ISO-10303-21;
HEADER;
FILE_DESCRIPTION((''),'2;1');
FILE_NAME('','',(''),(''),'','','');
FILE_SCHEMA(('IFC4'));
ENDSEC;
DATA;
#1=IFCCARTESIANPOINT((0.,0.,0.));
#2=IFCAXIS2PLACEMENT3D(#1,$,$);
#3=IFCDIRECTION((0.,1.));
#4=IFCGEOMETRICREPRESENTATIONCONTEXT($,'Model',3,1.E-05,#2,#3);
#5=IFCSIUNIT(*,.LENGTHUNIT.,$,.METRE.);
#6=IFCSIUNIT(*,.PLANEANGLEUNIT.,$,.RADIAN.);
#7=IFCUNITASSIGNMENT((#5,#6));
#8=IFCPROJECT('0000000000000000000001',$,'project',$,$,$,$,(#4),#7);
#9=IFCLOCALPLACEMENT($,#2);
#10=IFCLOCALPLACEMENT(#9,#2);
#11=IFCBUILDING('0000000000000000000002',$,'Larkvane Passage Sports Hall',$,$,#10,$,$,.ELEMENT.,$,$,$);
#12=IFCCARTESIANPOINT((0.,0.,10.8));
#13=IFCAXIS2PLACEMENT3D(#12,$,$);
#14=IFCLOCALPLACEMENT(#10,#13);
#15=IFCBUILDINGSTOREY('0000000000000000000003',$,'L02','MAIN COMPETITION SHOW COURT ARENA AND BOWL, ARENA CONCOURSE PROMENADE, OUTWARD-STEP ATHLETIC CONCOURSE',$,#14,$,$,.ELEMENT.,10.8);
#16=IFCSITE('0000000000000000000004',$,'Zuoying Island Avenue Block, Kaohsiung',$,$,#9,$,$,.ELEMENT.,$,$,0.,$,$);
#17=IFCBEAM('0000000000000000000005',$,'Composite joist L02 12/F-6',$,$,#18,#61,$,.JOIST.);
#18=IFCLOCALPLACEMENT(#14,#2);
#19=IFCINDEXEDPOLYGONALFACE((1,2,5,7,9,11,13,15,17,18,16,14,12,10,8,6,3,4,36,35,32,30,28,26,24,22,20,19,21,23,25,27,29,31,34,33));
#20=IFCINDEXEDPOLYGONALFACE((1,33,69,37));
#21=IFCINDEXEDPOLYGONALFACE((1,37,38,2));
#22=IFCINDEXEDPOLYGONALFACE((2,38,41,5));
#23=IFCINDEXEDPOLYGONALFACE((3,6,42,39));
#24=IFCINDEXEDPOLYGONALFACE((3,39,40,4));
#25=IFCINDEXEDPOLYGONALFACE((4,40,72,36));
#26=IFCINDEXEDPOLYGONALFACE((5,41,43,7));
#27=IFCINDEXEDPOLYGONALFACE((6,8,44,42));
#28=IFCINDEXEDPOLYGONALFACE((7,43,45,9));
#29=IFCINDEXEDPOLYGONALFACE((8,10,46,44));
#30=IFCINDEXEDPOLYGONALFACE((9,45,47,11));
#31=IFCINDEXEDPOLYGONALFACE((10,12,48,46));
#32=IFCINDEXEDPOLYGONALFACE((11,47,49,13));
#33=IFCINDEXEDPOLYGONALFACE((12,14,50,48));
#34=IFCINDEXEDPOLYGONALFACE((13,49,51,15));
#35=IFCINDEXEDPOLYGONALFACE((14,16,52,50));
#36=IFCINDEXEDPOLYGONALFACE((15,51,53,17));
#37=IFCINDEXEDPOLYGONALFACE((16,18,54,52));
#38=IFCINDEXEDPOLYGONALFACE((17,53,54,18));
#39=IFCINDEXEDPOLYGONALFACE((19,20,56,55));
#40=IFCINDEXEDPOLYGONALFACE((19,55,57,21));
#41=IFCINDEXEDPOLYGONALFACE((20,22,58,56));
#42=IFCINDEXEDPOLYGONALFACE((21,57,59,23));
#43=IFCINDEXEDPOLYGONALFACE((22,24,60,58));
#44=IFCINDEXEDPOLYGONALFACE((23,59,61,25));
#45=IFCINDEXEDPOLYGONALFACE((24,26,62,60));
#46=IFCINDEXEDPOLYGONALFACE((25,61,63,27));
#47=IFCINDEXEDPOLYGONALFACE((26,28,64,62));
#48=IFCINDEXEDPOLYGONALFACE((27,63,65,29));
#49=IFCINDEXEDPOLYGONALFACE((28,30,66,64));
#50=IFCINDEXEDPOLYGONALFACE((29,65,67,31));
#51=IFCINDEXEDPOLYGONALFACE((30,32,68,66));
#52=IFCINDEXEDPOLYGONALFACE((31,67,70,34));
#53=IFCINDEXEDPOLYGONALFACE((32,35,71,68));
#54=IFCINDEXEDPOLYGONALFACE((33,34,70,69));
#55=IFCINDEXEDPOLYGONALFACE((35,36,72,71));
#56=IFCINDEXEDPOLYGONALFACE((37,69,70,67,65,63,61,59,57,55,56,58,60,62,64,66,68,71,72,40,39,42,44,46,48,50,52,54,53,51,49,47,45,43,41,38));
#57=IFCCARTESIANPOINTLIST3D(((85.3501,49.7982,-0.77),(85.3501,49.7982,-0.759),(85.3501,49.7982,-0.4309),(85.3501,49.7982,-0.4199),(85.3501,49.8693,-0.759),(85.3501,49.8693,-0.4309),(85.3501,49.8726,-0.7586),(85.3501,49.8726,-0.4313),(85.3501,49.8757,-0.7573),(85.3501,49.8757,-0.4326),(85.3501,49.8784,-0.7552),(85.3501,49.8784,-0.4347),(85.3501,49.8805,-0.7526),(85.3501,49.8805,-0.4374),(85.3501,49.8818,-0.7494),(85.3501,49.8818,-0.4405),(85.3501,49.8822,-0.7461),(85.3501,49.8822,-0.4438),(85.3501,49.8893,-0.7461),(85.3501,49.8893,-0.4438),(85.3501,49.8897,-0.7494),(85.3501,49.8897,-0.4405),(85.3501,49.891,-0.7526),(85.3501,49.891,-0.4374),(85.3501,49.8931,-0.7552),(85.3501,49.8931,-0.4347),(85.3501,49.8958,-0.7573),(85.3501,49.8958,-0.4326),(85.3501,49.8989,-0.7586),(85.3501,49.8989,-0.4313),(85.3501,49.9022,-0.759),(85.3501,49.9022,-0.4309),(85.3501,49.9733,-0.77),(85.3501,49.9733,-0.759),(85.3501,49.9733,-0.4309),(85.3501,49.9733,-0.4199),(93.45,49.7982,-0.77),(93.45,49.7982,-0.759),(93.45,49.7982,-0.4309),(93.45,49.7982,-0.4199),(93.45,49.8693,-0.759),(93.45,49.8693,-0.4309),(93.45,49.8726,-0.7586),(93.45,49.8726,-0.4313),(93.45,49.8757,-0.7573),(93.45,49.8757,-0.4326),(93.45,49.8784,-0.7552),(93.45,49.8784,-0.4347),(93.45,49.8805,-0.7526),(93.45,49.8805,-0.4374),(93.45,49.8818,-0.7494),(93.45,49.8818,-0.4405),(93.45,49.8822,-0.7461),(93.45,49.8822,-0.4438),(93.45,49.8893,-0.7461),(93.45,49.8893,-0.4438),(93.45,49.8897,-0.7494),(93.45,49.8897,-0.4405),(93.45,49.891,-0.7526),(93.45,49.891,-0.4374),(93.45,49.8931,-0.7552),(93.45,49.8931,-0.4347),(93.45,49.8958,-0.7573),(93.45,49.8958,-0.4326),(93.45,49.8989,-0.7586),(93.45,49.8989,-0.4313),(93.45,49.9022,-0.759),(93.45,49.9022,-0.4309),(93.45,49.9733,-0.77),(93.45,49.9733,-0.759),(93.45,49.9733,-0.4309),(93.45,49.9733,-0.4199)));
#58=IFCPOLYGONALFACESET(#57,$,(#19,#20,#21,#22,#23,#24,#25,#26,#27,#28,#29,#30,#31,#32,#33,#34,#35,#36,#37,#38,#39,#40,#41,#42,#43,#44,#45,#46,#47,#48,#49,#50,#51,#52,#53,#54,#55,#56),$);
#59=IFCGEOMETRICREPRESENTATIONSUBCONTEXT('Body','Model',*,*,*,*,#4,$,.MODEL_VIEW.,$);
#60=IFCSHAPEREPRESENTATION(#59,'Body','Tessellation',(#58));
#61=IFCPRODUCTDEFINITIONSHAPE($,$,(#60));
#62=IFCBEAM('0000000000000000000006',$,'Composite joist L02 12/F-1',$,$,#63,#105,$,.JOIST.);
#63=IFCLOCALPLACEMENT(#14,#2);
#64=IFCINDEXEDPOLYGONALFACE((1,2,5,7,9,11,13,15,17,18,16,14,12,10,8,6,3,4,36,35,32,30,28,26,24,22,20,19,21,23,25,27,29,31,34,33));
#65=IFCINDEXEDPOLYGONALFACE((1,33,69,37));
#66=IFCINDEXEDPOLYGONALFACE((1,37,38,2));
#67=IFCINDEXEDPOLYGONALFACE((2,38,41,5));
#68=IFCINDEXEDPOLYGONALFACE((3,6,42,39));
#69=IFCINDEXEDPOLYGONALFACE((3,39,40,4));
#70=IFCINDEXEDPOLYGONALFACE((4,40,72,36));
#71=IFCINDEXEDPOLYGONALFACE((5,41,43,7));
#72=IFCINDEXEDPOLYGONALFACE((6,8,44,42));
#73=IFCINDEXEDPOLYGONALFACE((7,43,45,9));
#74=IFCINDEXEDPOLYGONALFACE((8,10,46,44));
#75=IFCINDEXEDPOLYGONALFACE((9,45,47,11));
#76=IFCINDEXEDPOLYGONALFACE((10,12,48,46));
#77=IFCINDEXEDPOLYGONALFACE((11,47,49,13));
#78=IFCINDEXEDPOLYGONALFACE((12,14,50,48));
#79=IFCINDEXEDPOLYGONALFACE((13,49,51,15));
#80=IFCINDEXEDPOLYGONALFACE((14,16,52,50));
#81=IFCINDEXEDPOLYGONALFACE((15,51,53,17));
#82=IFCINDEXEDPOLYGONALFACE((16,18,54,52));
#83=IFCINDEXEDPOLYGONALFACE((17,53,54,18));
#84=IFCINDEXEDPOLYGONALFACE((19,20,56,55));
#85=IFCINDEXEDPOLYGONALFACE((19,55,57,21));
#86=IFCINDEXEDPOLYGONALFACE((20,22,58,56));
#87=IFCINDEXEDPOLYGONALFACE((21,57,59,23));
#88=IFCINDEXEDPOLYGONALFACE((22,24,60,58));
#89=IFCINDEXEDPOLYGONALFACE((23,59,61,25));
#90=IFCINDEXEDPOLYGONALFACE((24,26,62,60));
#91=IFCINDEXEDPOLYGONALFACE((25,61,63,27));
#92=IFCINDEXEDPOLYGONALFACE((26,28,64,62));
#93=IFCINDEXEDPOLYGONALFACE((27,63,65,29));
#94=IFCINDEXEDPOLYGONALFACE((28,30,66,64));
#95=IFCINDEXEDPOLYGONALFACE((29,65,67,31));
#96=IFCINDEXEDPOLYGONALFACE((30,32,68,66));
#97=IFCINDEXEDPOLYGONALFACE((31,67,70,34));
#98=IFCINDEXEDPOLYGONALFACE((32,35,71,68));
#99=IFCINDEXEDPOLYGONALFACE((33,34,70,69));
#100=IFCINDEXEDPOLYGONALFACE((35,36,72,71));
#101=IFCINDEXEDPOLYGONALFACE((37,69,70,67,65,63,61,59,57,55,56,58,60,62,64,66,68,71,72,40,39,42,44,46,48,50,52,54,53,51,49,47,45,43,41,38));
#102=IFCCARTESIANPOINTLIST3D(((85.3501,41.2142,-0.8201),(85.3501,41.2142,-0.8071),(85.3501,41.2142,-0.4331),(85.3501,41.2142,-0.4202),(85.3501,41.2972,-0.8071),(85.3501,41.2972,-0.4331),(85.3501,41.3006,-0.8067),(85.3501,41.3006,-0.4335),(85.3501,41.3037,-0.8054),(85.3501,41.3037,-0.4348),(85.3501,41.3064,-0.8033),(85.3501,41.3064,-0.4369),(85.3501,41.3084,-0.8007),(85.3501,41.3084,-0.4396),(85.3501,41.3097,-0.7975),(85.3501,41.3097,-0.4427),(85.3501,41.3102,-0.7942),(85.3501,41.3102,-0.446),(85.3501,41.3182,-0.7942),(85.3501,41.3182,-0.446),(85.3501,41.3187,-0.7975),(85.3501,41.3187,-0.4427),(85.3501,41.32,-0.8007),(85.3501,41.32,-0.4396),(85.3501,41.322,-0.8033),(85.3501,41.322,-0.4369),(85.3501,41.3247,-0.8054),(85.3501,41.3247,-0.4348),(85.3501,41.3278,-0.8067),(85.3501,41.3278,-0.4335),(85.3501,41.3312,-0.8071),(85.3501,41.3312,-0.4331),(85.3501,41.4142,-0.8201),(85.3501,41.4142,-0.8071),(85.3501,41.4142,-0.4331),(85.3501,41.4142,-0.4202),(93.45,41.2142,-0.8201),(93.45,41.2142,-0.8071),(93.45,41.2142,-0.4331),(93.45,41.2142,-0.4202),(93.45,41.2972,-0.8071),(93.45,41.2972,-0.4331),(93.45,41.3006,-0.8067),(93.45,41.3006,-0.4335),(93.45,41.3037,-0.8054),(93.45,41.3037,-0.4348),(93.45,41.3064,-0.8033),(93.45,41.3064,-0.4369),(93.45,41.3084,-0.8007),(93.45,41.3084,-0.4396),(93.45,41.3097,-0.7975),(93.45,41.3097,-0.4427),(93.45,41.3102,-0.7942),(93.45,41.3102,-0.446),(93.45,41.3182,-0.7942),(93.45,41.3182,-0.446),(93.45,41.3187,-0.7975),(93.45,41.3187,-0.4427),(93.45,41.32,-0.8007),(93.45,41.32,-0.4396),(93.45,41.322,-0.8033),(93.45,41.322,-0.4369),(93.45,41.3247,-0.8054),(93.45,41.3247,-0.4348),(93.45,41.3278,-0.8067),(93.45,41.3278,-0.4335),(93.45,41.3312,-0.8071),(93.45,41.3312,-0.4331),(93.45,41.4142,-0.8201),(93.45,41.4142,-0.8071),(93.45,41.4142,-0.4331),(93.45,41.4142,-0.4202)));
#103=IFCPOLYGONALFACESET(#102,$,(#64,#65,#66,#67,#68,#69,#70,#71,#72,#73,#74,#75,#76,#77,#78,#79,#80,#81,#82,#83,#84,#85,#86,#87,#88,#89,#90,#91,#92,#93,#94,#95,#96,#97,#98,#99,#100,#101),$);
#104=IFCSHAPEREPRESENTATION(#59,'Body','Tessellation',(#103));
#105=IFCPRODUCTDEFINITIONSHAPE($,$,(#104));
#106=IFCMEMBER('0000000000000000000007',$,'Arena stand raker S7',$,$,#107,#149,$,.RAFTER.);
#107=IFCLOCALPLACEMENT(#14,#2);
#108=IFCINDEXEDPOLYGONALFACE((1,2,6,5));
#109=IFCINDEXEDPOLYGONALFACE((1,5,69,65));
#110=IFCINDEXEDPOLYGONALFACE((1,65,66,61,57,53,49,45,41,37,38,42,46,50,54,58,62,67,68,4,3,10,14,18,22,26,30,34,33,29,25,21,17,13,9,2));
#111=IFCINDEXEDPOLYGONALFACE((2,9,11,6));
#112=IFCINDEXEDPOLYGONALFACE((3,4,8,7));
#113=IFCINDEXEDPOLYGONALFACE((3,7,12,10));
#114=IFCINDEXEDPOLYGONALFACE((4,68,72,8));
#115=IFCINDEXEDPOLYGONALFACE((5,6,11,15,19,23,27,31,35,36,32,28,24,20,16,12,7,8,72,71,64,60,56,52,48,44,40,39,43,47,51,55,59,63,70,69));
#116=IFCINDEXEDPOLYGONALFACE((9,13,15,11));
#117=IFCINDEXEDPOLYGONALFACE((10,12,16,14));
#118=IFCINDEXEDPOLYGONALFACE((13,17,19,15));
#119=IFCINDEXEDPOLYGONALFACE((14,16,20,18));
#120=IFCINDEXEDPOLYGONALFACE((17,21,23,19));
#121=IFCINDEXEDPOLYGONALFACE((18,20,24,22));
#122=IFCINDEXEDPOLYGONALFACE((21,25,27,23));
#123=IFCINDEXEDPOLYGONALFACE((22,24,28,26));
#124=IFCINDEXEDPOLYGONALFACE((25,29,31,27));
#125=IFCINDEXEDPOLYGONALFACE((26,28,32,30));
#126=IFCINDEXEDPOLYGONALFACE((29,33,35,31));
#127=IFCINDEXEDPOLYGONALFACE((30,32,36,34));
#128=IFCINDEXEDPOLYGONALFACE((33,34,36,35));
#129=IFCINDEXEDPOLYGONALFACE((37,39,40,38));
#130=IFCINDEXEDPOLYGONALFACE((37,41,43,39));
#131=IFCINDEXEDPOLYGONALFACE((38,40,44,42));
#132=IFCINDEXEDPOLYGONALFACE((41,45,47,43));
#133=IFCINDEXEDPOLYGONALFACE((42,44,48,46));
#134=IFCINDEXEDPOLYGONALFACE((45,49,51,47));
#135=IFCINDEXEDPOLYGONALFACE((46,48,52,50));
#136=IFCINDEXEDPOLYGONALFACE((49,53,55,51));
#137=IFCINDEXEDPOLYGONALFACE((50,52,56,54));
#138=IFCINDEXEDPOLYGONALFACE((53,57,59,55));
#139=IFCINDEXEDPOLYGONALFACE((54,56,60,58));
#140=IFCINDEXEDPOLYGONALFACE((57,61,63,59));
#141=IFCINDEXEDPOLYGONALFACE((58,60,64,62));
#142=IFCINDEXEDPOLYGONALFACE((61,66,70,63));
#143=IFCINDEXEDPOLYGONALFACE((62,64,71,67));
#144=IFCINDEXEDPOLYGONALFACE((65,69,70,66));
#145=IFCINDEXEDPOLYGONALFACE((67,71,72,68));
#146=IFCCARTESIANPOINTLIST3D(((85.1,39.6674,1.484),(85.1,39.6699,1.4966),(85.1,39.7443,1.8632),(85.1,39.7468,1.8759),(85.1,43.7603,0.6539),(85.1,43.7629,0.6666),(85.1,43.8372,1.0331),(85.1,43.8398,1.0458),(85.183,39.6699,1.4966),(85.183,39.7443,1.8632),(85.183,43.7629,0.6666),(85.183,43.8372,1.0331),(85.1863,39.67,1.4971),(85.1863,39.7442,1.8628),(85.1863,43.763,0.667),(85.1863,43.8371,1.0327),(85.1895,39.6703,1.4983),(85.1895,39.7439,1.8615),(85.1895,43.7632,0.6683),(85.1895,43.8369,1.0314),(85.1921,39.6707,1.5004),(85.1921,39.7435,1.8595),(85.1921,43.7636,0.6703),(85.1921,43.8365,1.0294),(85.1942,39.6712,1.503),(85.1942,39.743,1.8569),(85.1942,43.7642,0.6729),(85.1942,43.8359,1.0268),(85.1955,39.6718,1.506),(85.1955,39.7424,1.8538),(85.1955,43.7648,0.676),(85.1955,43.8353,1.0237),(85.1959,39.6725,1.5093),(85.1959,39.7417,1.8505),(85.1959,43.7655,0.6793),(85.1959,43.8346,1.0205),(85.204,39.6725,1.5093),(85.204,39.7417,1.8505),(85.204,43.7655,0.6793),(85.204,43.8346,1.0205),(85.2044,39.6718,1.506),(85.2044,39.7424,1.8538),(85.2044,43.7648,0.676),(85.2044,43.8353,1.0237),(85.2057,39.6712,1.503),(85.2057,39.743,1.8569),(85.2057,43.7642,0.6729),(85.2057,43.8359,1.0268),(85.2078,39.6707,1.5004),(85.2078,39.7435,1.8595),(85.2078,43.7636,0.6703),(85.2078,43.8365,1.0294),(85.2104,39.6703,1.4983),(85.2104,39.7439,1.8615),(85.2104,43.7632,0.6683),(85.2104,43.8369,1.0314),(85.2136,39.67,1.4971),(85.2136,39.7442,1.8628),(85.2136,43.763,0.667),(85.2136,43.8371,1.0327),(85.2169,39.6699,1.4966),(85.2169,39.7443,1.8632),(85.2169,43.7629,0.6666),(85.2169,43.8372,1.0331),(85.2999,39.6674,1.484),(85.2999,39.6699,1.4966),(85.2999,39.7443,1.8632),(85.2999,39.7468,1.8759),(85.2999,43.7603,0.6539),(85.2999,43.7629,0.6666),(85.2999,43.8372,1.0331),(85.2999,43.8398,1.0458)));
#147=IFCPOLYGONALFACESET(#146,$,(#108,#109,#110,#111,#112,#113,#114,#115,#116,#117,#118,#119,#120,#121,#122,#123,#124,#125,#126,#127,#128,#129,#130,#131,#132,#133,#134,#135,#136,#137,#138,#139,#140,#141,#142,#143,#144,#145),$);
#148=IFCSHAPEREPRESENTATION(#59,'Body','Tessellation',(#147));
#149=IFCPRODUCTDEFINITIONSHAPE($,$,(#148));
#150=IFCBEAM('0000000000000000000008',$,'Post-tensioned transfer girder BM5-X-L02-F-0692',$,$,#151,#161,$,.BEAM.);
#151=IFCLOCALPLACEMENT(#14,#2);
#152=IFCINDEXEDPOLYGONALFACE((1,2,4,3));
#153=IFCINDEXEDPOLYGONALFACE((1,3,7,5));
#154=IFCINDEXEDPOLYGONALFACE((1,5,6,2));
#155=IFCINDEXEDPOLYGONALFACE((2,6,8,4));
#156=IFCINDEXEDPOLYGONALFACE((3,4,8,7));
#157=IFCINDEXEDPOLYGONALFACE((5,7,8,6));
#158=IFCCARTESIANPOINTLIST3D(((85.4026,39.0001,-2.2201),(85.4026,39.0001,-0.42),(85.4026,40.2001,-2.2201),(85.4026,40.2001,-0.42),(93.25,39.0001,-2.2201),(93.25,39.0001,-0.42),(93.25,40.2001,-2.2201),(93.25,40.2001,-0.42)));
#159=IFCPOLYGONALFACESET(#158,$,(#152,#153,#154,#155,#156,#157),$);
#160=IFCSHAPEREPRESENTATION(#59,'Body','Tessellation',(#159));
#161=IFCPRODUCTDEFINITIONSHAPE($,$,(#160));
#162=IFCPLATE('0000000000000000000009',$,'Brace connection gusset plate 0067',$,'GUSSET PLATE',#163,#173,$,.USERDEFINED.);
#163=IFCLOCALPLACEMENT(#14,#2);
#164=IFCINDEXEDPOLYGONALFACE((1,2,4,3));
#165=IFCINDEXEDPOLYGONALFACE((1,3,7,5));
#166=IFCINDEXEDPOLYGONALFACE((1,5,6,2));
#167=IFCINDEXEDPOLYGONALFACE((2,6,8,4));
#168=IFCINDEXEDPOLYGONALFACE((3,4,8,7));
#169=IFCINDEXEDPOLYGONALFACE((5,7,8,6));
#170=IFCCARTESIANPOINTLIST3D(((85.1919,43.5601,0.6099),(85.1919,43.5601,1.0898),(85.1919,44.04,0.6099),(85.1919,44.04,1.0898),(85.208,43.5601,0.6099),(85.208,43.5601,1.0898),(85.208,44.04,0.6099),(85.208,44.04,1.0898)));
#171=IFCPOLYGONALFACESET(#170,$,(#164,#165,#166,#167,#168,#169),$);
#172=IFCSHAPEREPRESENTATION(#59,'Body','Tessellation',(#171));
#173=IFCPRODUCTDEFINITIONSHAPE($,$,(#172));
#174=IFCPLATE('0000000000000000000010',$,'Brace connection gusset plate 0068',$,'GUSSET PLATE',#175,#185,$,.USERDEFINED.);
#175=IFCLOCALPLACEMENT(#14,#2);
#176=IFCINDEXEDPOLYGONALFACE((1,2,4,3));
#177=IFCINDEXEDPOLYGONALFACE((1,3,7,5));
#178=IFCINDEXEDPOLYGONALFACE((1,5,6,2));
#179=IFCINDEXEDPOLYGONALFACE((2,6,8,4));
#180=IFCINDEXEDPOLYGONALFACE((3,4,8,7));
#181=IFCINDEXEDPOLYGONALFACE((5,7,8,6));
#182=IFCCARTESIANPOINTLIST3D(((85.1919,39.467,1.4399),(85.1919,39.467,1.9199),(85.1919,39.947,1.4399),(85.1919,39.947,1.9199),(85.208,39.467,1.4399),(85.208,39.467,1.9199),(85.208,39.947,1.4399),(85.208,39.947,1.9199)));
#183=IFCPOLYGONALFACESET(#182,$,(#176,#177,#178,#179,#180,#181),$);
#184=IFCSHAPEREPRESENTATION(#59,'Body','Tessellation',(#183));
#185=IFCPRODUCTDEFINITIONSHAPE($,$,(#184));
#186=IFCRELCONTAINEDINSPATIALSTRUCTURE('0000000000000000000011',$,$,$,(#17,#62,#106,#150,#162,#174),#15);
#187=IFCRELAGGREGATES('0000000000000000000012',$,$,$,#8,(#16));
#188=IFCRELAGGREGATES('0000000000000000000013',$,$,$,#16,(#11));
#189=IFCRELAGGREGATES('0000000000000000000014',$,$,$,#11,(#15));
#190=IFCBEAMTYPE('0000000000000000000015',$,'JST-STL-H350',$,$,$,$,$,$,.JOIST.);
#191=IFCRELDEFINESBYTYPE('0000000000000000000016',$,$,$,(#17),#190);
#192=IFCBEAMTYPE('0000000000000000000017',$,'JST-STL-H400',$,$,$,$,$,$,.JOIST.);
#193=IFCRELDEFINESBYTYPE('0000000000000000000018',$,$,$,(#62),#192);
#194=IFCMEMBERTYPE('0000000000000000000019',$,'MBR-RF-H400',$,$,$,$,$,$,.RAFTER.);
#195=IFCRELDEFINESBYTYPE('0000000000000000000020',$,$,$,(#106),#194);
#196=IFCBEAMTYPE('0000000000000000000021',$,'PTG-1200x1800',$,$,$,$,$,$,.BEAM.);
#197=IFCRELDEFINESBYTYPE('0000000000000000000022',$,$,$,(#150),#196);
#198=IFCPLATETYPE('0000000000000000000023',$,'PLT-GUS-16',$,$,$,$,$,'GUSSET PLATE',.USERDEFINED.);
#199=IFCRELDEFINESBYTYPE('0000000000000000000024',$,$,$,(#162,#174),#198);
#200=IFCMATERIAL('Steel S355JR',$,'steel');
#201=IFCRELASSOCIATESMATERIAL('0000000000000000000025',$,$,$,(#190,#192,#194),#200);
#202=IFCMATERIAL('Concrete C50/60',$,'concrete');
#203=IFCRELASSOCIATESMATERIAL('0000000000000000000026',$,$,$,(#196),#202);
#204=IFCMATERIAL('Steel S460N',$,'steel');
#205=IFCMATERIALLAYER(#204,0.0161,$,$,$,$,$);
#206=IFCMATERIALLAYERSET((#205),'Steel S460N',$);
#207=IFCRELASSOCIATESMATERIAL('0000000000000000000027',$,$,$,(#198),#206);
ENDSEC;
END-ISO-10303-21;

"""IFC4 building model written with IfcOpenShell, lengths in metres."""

from ifc_helpers import new_model, si_unit, direction, frame, origin, origin_2d, place, context, subcontext, project, spatial, rectangle, i_section, extrude, material, layer, layer_set, material_profile, profile_set, type_object, element, save


model = new_model("IFC4")

# Units and contexts
model_context = context("Model", 3, precision=1e-05, world=origin(), true_north=direction((0.0, 1.0)))
body_context = subcontext(model_context, "Body", "Model", "MODEL_VIEW")
ifc_project = project(units=[si_unit("LENGTHUNIT", "METRE"), si_unit("PLANEANGLEUNIT", "RADIAN")], contexts=[model_context])

# Site, building, storey
site_placement = place(None, origin())
site = spatial("IfcSite", under=ifc_project, at=site_placement, Name="Zuoying Island Avenue Block, Kaohsiung", CompositionType="ELEMENT", RefElevation=0.0)
building_placement = place(site_placement, origin())
building = spatial("IfcBuilding", under=site, at=building_placement, Name="Larkvane Passage Sports Hall", CompositionType="ELEMENT")
storey_placement = place(building_placement, frame((0.0, 0.0, 10.8)))
storey = spatial("IfcBuildingStorey", under=building, at=storey_placement, Name="L02", Description="MAIN COMPETITION SHOW COURT ARENA AND BOWL, ARENA CONCOURSE PROMENADE, OUTWARD-STEP ATHLETIC CONCOURSE", CompositionType="ELEMENT", Elevation=10.8)

# Shared definitions
ifc_material_1 = material(Name="Steel S460N", Category="steel")

# Beams
ifc_material_2 = material(Name="Steel S355JR", Category="steel")
ifc_material_profile_1 = material_profile(ifc_material_2, i_section(OverallWidth=0.175, OverallDepth=0.3501, WebThickness=0.0071, FlangeThickness=0.011, FilletRadius=0.0129, at=origin_2d()), Name="H-350x175x7x11")
ifc_profile_set_1 = profile_set([ifc_material_profile_1], Name="Steel S355JR")
beam_type_1 = type_object("IfcBeamType", Name="JST-STL-H350", PredefinedType="JOIST", material=ifc_profile_set_1)
beam_1_placement = place(storey_placement, frame((85.3501, 49.8857, -0.595), z_axis=(1.0, 0.0, 0.0), x_axis=(0.0, 1.0, 0.0)))
element("IfcBeam", 1, at=beam_1_placement, inside=storey, type_object=beam_type_1, Name="Composite joist L02 12/F-6", PredefinedType="JOIST", context=body_context, shape_type="SweptSolid", body=[
    extrude(i_section(OverallWidth=0.175, OverallDepth=0.3501, WebThickness=0.0071, FlangeThickness=0.011, FilletRadius=0.0129, at=origin_2d()), origin(), (0.0, 0.0, 1.0), 8.0999),
])
ifc_material_profile_2 = material_profile(ifc_material_2, i_section(OverallWidth=0.2, OverallDepth=0.3999, WebThickness=0.0081, FlangeThickness=0.0129, FilletRadius=0.0129, at=origin_2d()), Name="H-400x200x8x13")
ifc_profile_set_2 = profile_set([ifc_material_profile_2], Name="Steel S355JR")
beam_type_2 = type_object("IfcBeamType", Name="JST-STL-H400", PredefinedType="JOIST", material=ifc_profile_set_2)
beam_2_placement = place(storey_placement, frame((85.3501, 41.3142, -0.6201), z_axis=(1.0, 0.0, 0.0), x_axis=(0.0, 1.0, 0.0)))
element("IfcBeam", 2, at=beam_2_placement, inside=storey, type_object=beam_type_2, Name="Composite joist L02 12/F-1", PredefinedType="JOIST", context=body_context, shape_type="SweptSolid", body=[
    extrude(i_section(OverallWidth=0.2, OverallDepth=0.3999, WebThickness=0.0081, FlangeThickness=0.0129, FilletRadius=0.0129, at=origin_2d()), origin(), (0.0, 0.0, 1.0), 8.0999),
])

# Member
ifc_material_profile_3 = material_profile(ifc_material_2, i_section(OverallWidth=0.2, OverallDepth=0.3999, WebThickness=0.0081, FlangeThickness=0.0129, FilletRadius=0.0129, at=origin_2d()), Name="H-400x200x8x13")
ifc_profile_set_3 = profile_set([ifc_material_profile_3], Name="Steel S355JR")
member_type = type_object("IfcMemberType", Name="MBR-RF-H400", PredefinedType="RAFTER", material=ifc_profile_set_3)
member_placement = place(storey_placement, frame((85.2, 43.8, 0.8499), z_axis=(0.0, -0.980049, 0.198757), x_axis=(1.0, 0.0, 0.0)))
element("IfcMember", 3, at=member_placement, inside=storey, type_object=member_type, Name="Arena stand raker S7", PredefinedType="RAFTER", context=body_context, shape_type="SweptSolid", body=[
    extrude(i_section(OverallWidth=0.2, OverallDepth=0.3999, WebThickness=0.0081, FlangeThickness=0.0129, FilletRadius=0.0129, at=origin_2d()), origin(), (0.0, 0.0, 1.0), 4.1763),
])

# Beam
ifc_material_3 = material(Name="Concrete C50/60", Category="concrete")
ifc_material_profile_4 = material_profile(ifc_material_3, rectangle(XDim=1.2, YDim=1.8, at=origin_2d()), Name="PT-GIR-1200x1800")
ifc_profile_set_4 = profile_set([ifc_material_profile_4], Name="Concrete C50/60")
beam_type_3 = type_object("IfcBeamType", Name="PTG-1200x1800", PredefinedType="BEAM", material=ifc_profile_set_4)
beam_3_placement = place(storey_placement, frame((85.4026, 39.6001, -1.3201), z_axis=(1.0, 0.0, 0.0), x_axis=(0.0, 1.0, 0.0)))
element("IfcBeam", 4, at=beam_3_placement, inside=storey, type_object=beam_type_3, Name="Post-tensioned transfer girder BM5-X-L02-F-0692", PredefinedType="BEAM", context=body_context, shape_type="SweptSolid", body=[
    extrude(rectangle(XDim=1.2, YDim=1.8, at=origin_2d()), origin(), (0.0, 0.0, 1.0), 7.8474),
])

# Plates
ifc_layer_1 = layer(ifc_material_1, 0.0161)
ifc_layer_set_1 = layer_set([ifc_layer_1], Name="Steel S460N")
plate_type = type_object("IfcPlateType", Name="PLT-GUS-16", ElementType="GUSSET PLATE", PredefinedType="USERDEFINED", material=ifc_layer_set_1)
for number, where, z_axis, x_axis, name in (
    (5, (85.2, 43.8, 0.6099), (0.0, 0.0, 1.0), (0.0, -1.0, 0.0), "Brace connection gusset plate 0067"),
    (6, (85.2, 39.707, 1.4399), (0.0, 0.0, 1.0), (0.0, -1.0, 0.0), "Brace connection gusset plate 0068"),
):
    element("IfcPlate", number, at=place(storey_placement, frame(where, z_axis=z_axis, x_axis=x_axis)), inside=storey, type_object=plate_type, Name=name, ObjectType="GUSSET PLATE", PredefinedType="USERDEFINED", context=body_context, shape_type="SweptSolid", body=[
        extrude(rectangle(XDim=0.48, YDim=0.0161, at=origin_2d()), origin(), (0.0, 0.0, 1.0), 0.48),
    ])

save(model, "model.ifc")
